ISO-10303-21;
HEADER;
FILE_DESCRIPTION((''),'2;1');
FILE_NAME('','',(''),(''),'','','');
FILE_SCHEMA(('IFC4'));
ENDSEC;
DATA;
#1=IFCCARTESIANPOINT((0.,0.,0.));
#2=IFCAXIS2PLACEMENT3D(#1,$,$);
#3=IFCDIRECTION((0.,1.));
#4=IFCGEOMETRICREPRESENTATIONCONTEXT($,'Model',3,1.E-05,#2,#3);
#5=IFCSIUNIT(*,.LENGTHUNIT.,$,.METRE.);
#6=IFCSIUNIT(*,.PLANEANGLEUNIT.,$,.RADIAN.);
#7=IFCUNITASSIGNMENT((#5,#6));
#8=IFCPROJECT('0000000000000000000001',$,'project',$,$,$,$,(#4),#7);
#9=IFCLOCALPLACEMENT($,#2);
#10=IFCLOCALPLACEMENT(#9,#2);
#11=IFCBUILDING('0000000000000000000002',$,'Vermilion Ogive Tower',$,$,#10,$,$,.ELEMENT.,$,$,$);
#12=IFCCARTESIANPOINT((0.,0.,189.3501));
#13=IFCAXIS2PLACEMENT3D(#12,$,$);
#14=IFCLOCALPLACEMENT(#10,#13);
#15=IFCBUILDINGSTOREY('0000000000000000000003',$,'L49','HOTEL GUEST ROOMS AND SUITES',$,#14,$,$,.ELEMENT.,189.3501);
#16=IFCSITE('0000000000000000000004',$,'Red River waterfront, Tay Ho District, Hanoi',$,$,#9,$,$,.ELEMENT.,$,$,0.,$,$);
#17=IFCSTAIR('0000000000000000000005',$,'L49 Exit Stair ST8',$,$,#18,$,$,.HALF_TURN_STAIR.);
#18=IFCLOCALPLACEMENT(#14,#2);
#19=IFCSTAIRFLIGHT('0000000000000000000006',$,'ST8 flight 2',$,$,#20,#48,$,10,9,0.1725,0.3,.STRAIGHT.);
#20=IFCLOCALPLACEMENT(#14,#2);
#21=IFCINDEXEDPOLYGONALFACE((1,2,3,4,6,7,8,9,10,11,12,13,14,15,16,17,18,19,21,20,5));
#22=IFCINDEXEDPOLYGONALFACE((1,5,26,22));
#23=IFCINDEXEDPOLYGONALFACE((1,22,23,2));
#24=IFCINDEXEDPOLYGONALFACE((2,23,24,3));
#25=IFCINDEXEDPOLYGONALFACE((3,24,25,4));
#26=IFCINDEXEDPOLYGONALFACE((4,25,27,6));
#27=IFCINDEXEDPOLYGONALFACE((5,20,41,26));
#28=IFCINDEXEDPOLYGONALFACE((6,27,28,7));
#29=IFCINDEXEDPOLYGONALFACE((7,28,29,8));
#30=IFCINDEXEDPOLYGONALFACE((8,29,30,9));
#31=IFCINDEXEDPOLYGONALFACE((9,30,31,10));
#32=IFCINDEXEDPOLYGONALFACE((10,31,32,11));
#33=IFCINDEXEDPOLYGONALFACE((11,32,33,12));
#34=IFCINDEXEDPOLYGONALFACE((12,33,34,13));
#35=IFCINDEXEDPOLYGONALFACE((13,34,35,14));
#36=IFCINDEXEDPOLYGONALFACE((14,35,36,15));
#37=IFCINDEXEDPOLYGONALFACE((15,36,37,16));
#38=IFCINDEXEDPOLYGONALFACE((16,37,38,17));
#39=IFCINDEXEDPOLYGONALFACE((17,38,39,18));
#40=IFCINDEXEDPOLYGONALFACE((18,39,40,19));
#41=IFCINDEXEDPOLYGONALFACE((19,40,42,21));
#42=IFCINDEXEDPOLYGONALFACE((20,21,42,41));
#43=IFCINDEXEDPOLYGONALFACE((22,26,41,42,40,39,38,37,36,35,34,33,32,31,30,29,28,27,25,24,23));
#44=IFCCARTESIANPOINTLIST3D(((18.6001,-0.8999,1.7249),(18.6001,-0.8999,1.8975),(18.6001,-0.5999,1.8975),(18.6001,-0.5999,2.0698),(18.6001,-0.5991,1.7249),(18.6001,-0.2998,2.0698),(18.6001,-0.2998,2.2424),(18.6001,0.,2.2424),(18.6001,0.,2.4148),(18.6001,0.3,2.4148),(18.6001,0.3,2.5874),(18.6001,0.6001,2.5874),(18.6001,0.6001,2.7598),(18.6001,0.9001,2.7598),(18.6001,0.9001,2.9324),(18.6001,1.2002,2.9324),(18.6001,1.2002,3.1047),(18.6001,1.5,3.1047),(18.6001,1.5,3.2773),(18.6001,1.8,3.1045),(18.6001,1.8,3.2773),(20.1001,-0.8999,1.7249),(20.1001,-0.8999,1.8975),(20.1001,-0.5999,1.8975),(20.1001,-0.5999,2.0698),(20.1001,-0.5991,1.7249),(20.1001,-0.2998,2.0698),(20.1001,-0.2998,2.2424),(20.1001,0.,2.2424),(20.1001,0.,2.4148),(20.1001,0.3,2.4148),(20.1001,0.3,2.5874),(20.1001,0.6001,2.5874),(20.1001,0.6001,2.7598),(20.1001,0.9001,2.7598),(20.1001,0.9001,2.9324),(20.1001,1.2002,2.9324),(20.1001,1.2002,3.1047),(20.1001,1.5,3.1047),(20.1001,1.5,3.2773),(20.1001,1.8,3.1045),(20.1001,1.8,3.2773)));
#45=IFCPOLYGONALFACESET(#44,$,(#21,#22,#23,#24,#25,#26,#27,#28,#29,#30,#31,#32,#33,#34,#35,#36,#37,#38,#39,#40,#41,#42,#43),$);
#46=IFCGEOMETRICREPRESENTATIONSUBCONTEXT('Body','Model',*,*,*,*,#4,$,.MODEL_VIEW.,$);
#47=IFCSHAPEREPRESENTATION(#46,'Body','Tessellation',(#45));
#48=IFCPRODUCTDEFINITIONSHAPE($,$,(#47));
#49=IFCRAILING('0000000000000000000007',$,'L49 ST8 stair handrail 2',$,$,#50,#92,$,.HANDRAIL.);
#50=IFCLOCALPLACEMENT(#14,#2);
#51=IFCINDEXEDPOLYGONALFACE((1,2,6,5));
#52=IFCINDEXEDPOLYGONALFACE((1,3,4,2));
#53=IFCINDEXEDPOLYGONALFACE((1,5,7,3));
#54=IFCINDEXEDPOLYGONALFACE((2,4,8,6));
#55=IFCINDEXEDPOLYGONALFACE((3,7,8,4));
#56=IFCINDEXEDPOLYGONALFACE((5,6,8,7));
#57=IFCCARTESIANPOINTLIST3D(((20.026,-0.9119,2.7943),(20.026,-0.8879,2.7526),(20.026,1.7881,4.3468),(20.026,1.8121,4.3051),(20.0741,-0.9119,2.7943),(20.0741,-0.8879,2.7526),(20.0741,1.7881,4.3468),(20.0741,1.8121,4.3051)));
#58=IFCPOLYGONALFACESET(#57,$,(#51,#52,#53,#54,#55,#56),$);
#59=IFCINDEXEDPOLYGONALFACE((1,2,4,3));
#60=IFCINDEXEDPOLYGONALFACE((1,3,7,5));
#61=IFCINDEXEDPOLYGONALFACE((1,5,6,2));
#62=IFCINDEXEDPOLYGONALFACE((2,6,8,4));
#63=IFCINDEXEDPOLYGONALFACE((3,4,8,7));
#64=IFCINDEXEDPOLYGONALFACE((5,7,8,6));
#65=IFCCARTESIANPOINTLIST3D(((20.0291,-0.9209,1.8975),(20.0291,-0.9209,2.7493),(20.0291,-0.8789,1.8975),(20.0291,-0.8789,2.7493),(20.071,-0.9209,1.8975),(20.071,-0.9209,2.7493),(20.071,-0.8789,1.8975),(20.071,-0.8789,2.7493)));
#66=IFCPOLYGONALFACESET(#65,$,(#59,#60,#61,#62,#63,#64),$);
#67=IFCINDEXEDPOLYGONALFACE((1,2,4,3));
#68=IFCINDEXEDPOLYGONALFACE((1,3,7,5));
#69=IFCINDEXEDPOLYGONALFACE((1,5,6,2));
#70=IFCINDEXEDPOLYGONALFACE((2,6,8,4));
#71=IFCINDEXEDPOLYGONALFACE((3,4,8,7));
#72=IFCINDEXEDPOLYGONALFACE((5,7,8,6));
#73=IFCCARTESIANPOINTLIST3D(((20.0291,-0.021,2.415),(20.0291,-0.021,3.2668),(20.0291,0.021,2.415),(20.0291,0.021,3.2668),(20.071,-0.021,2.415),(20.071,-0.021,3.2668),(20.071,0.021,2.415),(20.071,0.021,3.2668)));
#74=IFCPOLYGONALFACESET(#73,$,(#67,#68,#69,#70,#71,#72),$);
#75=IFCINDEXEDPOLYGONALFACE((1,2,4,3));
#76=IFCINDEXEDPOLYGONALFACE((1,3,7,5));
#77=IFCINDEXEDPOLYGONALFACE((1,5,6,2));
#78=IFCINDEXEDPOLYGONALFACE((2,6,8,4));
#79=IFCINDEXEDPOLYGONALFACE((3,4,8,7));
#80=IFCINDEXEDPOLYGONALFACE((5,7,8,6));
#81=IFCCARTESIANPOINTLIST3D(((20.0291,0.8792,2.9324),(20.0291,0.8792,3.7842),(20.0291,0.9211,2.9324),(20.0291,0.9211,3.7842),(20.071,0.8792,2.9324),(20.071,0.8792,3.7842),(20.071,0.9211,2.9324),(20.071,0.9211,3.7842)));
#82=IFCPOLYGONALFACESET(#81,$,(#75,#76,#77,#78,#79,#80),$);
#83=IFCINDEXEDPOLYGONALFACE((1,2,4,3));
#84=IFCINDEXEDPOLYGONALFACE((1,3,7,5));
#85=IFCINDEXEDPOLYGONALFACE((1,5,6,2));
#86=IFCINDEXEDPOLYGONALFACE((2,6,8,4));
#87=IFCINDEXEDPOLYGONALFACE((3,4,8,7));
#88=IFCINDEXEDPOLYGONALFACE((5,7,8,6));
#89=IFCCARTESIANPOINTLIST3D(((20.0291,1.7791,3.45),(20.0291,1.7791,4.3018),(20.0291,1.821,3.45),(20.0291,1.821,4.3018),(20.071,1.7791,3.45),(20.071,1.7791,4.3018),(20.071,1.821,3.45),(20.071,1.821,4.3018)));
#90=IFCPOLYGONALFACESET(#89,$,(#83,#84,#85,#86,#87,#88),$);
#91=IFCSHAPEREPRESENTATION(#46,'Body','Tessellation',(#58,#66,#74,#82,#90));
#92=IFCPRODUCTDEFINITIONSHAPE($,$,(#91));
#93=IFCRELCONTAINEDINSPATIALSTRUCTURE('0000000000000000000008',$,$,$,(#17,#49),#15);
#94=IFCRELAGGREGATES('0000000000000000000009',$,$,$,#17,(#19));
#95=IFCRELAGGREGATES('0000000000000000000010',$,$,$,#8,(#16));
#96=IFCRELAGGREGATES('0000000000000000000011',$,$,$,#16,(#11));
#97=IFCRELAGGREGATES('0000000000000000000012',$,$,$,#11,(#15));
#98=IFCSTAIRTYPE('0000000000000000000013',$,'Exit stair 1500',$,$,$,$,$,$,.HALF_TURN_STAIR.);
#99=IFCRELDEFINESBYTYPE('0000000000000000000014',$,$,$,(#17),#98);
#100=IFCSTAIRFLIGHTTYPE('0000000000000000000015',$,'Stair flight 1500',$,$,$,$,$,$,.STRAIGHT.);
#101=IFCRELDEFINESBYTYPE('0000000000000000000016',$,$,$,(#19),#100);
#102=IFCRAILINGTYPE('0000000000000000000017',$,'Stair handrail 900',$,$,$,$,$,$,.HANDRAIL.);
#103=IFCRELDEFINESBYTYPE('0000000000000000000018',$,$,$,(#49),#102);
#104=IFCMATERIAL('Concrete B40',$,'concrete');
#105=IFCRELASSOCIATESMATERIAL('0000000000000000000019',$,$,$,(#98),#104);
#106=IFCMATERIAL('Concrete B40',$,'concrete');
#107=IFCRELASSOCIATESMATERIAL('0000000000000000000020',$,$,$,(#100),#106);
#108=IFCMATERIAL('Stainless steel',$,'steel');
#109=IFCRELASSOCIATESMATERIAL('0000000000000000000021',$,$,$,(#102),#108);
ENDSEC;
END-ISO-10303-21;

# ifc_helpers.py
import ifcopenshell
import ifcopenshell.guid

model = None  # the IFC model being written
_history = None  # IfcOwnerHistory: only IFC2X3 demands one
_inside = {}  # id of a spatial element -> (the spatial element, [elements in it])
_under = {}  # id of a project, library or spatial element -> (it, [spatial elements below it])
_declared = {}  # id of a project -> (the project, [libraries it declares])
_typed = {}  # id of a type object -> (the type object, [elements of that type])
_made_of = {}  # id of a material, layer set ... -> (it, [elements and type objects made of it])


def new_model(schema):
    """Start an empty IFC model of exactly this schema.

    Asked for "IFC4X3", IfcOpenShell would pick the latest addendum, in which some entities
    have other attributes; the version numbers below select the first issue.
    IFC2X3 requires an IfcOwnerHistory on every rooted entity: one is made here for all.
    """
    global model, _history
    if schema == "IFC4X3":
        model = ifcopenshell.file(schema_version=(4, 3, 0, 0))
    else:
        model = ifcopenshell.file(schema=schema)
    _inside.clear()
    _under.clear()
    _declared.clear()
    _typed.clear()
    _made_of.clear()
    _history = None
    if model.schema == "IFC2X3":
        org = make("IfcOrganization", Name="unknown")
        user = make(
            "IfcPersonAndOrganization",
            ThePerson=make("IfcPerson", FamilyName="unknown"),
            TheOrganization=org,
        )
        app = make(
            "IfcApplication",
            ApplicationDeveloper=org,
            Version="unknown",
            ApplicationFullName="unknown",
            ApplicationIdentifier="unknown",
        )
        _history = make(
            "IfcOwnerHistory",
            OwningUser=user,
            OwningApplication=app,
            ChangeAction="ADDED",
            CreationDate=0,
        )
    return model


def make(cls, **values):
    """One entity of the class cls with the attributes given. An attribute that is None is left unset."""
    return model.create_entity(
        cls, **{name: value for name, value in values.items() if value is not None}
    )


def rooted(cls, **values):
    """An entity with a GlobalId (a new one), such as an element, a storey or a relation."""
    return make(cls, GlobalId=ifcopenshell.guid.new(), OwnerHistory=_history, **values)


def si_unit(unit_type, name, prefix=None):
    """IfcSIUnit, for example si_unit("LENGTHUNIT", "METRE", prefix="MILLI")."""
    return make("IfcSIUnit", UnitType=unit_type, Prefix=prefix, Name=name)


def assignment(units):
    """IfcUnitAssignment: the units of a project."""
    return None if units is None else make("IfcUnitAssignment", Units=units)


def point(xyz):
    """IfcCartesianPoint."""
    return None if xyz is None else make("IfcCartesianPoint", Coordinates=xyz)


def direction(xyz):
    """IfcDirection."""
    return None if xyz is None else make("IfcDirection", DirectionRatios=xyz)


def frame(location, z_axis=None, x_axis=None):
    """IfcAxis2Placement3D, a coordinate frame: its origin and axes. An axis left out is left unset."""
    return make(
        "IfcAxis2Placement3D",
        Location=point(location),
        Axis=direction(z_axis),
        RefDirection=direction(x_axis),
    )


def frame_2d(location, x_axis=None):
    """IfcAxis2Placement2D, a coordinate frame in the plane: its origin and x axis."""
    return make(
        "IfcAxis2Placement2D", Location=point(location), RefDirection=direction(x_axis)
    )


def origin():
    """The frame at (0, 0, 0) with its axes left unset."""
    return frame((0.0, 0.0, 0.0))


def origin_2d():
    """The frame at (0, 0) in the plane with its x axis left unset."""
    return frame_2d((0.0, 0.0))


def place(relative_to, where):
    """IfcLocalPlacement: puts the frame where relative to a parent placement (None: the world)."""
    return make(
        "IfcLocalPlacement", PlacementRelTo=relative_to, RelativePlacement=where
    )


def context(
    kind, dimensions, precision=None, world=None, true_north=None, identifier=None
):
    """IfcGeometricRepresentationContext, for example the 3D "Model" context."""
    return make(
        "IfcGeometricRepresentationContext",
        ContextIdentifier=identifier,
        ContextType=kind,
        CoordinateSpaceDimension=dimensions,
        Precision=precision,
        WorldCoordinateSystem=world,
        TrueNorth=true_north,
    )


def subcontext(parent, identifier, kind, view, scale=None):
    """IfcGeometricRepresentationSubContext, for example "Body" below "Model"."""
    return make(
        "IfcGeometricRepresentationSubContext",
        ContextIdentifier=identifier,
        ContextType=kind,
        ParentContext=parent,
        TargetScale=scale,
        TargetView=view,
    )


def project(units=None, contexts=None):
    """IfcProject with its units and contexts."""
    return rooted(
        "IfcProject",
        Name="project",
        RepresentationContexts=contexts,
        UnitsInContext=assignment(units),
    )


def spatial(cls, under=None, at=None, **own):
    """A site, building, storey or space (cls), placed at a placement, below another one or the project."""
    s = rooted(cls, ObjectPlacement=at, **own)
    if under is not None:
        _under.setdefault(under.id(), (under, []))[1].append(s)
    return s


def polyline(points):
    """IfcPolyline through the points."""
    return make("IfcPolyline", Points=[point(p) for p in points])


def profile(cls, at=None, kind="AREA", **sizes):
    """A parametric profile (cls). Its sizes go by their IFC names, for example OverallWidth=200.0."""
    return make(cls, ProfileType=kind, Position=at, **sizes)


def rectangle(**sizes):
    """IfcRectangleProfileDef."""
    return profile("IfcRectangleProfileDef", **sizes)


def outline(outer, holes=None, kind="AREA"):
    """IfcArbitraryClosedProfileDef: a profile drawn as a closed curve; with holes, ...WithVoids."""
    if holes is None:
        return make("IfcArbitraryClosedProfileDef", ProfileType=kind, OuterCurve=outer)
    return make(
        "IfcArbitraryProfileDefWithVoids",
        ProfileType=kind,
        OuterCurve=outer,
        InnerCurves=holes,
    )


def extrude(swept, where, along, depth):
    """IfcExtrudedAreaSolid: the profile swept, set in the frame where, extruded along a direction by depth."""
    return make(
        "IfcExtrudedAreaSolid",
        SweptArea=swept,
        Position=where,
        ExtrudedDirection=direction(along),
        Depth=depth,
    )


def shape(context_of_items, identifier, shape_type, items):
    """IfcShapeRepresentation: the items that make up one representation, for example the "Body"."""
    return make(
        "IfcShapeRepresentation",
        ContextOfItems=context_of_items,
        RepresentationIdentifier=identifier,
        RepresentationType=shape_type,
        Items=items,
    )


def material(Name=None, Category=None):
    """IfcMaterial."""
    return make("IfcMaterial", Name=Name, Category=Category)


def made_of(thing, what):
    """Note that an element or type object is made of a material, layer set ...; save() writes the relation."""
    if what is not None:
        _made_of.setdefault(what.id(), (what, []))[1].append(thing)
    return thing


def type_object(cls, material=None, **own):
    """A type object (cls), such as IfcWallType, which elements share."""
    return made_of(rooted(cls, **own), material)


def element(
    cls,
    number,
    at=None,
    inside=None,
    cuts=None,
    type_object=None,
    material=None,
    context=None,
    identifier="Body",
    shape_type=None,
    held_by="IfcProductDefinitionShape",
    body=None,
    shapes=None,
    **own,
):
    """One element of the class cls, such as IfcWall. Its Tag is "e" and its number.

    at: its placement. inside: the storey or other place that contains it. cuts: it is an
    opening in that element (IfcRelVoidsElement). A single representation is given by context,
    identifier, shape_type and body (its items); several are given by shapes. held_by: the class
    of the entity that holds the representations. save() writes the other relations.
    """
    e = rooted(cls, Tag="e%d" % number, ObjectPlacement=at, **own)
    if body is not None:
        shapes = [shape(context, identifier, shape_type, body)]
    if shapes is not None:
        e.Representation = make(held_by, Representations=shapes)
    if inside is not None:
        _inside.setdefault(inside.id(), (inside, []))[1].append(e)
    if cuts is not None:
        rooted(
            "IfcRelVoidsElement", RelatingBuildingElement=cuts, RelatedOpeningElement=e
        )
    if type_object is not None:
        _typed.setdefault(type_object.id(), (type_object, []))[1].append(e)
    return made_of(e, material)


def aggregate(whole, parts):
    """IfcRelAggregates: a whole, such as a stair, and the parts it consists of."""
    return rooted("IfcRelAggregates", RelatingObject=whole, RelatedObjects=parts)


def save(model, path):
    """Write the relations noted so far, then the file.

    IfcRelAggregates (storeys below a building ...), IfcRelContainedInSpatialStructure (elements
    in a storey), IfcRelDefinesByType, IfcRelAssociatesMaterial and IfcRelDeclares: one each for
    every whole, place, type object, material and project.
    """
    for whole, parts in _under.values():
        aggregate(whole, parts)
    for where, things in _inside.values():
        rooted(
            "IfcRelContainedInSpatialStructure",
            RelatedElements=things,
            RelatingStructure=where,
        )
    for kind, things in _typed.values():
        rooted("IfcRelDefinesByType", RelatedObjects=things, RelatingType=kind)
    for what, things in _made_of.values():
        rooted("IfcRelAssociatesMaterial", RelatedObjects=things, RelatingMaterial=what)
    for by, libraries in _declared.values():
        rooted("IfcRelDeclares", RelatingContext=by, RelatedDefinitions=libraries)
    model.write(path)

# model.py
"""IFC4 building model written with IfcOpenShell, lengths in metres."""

from ifc_helpers import new_model, si_unit, direction, frame, origin, origin_2d, place, context, subcontext, project, spatial, polyline, rectangle, outline, extrude, material, type_object, element, aggregate, save


model = new_model("IFC4")

# Units and contexts
model_context = context("Model", 3, precision=1e-05, world=origin(), true_north=direction((0.0, 1.0)))
body_context = subcontext(model_context, "Body", "Model", "MODEL_VIEW")
ifc_project = project(units=[si_unit("LENGTHUNIT", "METRE"), si_unit("PLANEANGLEUNIT", "RADIAN")], contexts=[model_context])

# Site, building, storey
site_placement = place(None, origin())
site = spatial("IfcSite", under=ifc_project, at=site_placement, Name="Red River waterfront, Tay Ho District, Hanoi", CompositionType="ELEMENT", RefElevation=0.0)
building_placement = place(site_placement, origin())
building = spatial("IfcBuilding", under=site, at=building_placement, Name="Vermilion Ogive Tower", CompositionType="ELEMENT")
storey_placement = place(building_placement, frame((0.0, 0.0, 189.3501)))
storey = spatial("IfcBuildingStorey", under=building, at=storey_placement, Name="L49", Description="HOTEL GUEST ROOMS AND SUITES", CompositionType="ELEMENT", Elevation=189.3501)

# Stair, stair flight
ifc_material_1 = material(Name="Concrete B40", Category="concrete")
stair_type = type_object("IfcStairType", Name="Exit stair 1500", PredefinedType="HALF_TURN_STAIR", material=ifc_material_1)
stair_placement = place(storey_placement, origin())
stair = element("IfcStair", 1, at=stair_placement, inside=storey, type_object=stair_type, Name="L49 Exit Stair ST8", PredefinedType="HALF_TURN_STAIR")
ifc_material_2 = material(Name="Concrete B40", Category="concrete")
stair_flight_type = type_object("IfcStairFlightType", Name="Stair flight 1500", PredefinedType="STRAIGHT", material=ifc_material_2)
stair_flight_placement = place(storey_placement, frame((19.3501, -0.8999, 1.7249), z_axis=(0.0, 0.0, 1.0), x_axis=(0.0, 1.0, 0.0)))
stair_flight = element("IfcStairFlight", 2, at=stair_flight_placement, type_object=stair_flight_type, Name="ST8 flight 2", NumberOfRisers=10, NumberOfTreads=9, PredefinedType="STRAIGHT", RiserHeight=0.1725, TreadLength=0.3, context=body_context, shape_type="SweptSolid", body=[
    extrude(outline(polyline([(0.0, 0.0), (0.0, 0.1726), (0.3, 0.1726), (0.3, 0.345), (0.6001, 0.345), (0.6001, 0.5176), (0.8999, 0.5176), (0.8999, 0.6899), (1.2, 0.6899), (1.2, 0.8625), (1.5, 0.8625), (1.5, 1.0349), (1.8, 1.0349), (1.8, 1.2075), (2.1001, 1.2075), (2.1001, 1.3799), (2.3999, 1.3799), (2.3999, 1.5525), (2.7, 1.5525), (2.7, 1.7251), (2.7, 1.3796), (0.3008, 0.0), (0.0, 0.0)])), frame((0.0, 0.75, 0.0), z_axis=(0.0, -1.0, 0.0), x_axis=(1.0, 0.0, 0.0)), (0.0, 0.0, 1.0), 1.5),
])
aggregate(stair, [stair_flight])

# Railing
ifc_material_3 = material(Name="Stainless steel", Category="steel")
railing_type = type_object("IfcRailingType", Name="Stair handrail 900", PredefinedType="HANDRAIL", material=ifc_material_3)
railing_placement = place(storey_placement, frame((20.05, -0.8999, 1.8975)))
element("IfcRailing", 3, at=railing_placement, inside=storey, type_object=railing_type, Name="L49 ST8 stair handrail 2", PredefinedType="HANDRAIL", context=body_context, shape_type="SweptSolid", body=[
    extrude(rectangle(XDim=0.0481, YDim=0.0481, at=origin_2d()), frame((0.0, 0.0, 0.876), z_axis=(0.0, 0.866904, 0.498476), x_axis=(-1.0, 0.0, 0.0)), (0.0, 0.0, 1.0), 3.1145),
    extrude(rectangle(XDim=0.042, YDim=0.042, at=origin_2d()), origin(), (0.0, 0.0, 1.0), 0.8518),
    extrude(rectangle(XDim=0.042, YDim=0.042, at=origin_2d()), frame((0.0, 0.8999, 0.5176)), (0.0, 0.0, 1.0), 0.8518),
    extrude(rectangle(XDim=0.042, YDim=0.042, at=origin_2d()), frame((0.0, 1.8, 1.0349)), (0.0, 0.0, 1.0), 0.8518),
    extrude(rectangle(XDim=0.042, YDim=0.042, at=origin_2d()), frame((0.0, 2.7, 1.5525)), (0.0, 0.0, 1.0), 0.8518),
])

save(model, "model.ifc")
